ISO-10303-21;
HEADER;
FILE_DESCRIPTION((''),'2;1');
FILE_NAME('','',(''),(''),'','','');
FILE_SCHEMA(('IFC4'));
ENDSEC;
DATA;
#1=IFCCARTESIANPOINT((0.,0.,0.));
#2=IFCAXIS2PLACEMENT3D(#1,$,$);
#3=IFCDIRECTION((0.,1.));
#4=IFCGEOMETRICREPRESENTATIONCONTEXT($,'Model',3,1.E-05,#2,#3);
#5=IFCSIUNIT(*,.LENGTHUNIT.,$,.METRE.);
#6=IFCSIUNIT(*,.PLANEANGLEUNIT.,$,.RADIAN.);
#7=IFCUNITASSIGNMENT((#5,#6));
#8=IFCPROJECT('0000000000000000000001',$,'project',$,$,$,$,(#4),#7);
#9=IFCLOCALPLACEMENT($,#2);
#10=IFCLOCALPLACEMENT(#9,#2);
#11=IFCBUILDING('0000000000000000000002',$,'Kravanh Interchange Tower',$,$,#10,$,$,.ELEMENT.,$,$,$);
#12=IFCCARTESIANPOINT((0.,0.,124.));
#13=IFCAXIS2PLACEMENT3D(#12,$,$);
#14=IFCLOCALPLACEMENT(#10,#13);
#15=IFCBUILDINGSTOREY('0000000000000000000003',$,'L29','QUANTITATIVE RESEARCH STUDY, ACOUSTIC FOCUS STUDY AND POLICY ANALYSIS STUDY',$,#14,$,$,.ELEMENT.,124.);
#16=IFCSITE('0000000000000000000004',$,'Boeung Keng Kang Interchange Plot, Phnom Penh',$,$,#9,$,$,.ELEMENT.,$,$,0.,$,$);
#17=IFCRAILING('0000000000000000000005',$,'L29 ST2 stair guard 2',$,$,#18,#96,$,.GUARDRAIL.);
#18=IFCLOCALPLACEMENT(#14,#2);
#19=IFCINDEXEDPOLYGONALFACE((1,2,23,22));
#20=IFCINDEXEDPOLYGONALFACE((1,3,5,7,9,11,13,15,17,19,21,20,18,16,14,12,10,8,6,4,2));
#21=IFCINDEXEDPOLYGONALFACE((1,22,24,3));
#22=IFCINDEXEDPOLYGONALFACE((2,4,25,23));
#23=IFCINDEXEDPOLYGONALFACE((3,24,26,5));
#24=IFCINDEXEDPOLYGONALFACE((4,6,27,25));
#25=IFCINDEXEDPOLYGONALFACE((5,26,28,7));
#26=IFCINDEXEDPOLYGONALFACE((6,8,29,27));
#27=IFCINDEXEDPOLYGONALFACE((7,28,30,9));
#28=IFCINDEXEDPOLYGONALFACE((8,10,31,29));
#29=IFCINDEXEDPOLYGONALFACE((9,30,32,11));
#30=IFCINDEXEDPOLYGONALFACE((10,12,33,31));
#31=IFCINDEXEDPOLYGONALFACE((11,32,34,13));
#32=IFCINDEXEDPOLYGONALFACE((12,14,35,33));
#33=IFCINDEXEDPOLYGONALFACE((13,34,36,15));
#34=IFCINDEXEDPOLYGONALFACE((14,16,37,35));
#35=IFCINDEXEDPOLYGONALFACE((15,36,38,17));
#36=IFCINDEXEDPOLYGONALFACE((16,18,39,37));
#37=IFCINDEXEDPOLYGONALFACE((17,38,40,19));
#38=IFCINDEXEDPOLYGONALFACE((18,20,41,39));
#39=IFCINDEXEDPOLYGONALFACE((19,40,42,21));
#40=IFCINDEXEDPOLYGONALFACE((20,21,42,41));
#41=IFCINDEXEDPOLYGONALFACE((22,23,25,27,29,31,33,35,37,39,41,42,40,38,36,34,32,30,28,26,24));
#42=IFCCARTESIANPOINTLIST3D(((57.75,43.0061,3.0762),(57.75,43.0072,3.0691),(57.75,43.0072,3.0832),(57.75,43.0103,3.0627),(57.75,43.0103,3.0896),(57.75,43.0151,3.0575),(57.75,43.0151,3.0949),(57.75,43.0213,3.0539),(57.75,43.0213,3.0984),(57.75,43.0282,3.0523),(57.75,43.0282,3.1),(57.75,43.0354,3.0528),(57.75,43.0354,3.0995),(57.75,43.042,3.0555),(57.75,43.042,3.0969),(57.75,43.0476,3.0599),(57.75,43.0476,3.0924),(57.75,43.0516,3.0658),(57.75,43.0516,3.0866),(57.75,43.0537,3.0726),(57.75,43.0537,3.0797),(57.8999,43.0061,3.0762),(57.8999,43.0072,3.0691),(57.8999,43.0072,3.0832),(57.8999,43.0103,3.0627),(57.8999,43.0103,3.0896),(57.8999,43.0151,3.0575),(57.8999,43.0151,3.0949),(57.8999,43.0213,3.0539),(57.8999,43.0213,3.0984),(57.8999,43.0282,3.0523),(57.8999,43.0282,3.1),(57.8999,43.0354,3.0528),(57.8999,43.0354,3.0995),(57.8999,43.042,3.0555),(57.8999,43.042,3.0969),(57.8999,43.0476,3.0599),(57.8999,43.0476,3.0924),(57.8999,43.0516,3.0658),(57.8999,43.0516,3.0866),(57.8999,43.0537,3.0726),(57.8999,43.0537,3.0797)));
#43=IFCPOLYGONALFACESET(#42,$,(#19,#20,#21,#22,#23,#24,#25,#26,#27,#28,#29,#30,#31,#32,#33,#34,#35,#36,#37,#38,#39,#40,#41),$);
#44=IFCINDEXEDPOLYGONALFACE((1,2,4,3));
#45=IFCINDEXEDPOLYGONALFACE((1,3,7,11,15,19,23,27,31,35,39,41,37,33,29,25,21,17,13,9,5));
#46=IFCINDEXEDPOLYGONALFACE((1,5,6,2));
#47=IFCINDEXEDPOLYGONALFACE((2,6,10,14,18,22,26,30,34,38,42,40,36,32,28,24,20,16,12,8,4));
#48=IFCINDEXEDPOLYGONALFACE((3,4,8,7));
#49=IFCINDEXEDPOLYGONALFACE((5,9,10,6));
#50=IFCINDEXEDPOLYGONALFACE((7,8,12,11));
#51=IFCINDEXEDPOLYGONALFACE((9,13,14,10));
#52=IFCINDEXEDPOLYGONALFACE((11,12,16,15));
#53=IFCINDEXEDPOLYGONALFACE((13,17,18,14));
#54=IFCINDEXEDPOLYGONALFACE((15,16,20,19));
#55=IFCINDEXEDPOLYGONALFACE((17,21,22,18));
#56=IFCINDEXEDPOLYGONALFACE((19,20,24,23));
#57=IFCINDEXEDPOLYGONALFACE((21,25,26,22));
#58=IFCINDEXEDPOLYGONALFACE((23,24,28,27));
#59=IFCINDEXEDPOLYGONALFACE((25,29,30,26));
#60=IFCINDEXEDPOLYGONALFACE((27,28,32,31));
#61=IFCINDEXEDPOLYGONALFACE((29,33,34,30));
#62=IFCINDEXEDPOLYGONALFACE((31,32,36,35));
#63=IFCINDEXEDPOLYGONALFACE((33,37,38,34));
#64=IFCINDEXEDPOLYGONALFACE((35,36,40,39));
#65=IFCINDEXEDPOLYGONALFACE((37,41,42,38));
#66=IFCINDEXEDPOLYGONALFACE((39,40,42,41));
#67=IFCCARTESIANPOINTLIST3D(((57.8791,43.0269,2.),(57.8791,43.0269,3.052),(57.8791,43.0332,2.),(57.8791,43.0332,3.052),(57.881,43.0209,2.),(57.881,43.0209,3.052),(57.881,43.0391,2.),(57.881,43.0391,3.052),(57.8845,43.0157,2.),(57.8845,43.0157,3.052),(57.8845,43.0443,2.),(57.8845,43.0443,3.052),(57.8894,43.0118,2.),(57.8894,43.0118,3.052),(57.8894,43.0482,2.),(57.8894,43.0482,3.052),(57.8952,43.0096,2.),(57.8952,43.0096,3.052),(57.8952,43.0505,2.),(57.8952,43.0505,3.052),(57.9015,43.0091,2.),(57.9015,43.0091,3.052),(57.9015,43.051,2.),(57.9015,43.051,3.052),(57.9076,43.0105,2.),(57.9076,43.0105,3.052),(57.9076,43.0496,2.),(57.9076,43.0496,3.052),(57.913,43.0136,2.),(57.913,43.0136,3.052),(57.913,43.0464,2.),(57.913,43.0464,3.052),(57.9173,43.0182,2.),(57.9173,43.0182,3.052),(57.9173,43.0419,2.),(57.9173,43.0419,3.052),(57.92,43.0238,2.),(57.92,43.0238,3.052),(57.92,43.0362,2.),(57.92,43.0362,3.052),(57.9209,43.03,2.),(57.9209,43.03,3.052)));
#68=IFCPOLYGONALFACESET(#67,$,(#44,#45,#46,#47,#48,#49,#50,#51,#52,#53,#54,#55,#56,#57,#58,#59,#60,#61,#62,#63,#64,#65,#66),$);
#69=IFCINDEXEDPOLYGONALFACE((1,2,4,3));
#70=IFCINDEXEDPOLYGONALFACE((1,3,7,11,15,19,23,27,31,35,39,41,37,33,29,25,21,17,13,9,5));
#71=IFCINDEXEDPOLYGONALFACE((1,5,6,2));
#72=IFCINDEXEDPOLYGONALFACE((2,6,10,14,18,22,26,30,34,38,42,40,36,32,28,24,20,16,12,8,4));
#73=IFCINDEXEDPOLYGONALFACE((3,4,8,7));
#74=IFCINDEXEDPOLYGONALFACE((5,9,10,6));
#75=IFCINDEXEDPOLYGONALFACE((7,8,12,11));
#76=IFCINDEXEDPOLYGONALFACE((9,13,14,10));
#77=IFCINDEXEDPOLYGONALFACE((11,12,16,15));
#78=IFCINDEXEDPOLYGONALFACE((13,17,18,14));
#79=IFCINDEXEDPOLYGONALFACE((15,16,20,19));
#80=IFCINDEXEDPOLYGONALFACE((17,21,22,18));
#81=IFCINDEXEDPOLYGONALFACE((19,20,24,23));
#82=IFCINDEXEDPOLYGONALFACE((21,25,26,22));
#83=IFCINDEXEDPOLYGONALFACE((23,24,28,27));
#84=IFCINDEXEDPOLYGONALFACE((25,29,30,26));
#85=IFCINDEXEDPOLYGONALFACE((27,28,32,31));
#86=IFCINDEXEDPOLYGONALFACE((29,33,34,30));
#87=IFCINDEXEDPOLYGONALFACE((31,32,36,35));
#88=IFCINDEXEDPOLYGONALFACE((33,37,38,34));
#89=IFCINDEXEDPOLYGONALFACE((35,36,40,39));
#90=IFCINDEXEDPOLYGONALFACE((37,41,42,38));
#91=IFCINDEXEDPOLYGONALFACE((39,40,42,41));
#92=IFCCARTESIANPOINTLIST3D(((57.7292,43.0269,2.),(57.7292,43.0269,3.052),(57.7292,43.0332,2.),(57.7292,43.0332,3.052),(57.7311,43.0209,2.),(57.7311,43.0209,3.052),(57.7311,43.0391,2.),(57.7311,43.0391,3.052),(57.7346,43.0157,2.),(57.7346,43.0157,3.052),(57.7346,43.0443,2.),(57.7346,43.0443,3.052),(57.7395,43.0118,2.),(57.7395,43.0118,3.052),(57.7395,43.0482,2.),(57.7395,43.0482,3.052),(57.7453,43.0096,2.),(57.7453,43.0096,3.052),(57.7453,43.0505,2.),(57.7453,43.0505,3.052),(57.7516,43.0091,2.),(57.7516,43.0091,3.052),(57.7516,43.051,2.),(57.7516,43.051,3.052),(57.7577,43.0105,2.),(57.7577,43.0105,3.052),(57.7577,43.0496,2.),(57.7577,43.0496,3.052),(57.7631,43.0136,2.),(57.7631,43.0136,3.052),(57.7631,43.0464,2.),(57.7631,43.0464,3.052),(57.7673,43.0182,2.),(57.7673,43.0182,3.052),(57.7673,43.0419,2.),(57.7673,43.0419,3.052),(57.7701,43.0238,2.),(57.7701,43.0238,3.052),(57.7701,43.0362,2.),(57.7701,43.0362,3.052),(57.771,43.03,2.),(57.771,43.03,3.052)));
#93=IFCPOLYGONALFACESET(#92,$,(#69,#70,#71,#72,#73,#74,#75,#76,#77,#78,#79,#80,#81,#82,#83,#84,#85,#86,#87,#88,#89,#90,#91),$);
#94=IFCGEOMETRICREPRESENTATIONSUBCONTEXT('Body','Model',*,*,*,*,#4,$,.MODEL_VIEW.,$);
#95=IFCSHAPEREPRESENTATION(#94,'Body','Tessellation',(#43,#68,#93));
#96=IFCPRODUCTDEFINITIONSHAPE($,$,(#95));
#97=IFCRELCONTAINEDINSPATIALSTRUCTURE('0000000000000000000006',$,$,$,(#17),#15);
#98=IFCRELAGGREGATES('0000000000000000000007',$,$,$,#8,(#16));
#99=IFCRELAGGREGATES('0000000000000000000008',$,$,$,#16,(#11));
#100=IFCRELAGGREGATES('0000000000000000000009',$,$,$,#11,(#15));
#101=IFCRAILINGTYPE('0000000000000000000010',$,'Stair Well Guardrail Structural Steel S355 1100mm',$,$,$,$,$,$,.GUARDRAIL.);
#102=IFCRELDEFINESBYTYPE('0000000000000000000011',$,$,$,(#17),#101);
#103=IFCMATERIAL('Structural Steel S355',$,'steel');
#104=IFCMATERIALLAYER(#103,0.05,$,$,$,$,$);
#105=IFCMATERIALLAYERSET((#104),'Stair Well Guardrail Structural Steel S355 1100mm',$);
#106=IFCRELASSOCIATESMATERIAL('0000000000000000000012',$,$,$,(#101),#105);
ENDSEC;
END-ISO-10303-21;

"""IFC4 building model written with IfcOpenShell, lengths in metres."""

from ifc_helpers import new_model, si_unit, direction, frame, origin, origin_2d, place, context, subcontext, project, spatial, circle, extrude, material, layer, layer_set, type_object, element, save


model = new_model("IFC4")

# Units and contexts
model_context = context("Model", 3, precision=1e-05, world=origin(), true_north=direction((0.0, 1.0)))
body_context = subcontext(model_context, "Body", "Model", "MODEL_VIEW")
ifc_project = project(units=[si_unit("LENGTHUNIT", "METRE"), si_unit("PLANEANGLEUNIT", "RADIAN")], contexts=[model_context])

# Site, building, storey
site_placement = place(None, origin())
site = spatial("IfcSite", under=ifc_project, at=site_placement, Name="Boeung Keng Kang Interchange Plot, Phnom Penh", CompositionType="ELEMENT", RefElevation=0.0)
building_placement = place(site_placement, origin())
building = spatial("IfcBuilding", under=site, at=building_placement, Name="Kravanh Interchange Tower", CompositionType="ELEMENT")
storey_placement = place(building_placement, frame((0.0, 0.0, 124.0)))
storey = spatial("IfcBuildingStorey", under=building, at=storey_placement, Name="L29", Description="QUANTITATIVE RESEARCH STUDY, ACOUSTIC FOCUS STUDY AND POLICY ANALYSIS STUDY", CompositionType="ELEMENT", Elevation=124.0)

# Railing
ifc_material_1 = material(Name="Structural Steel S355", Category="steel")
ifc_layer_1 = layer(ifc_material_1, 0.05)
ifc_layer_set_1 = layer_set([ifc_layer_1], Name="Stair Well Guardrail Structural Steel S355 1100mm")
railing_type_1 = type_object("IfcRailingType", Name="Stair Well Guardrail Structural Steel S355 1100mm", PredefinedType="GUARDRAIL", material=ifc_layer_set_1)
railing_1_placement = place(storey_placement, frame((57.8999, 43.03, 2.0)))
element("IfcRailing", 1, at=railing_1_placement, inside=storey, type_object=railing_type_1, Name="L29 ST2 stair guard 2", PredefinedType="GUARDRAIL", context=body_context, shape_type="SweptSolid", body=[
    extrude(circle(Radius=0.0239, at=origin_2d()), frame((0.0, 0.0, 1.0762), z_axis=(-1.0, 0.0, 0.0), x_axis=(0.0, -1.0, 0.0)), (0.0, 0.0, 1.0), 0.1499),
    extrude(circle(Radius=0.021, at=origin_2d()), origin(), (0.0, 0.0, 1.0), 1.052),
    extrude(circle(Radius=0.021, at=origin_2d()), frame((-0.1499, 0.0, 0.0)), (0.0, 0.0, 1.0), 1.052),
])

save(model, "model.ifc")
